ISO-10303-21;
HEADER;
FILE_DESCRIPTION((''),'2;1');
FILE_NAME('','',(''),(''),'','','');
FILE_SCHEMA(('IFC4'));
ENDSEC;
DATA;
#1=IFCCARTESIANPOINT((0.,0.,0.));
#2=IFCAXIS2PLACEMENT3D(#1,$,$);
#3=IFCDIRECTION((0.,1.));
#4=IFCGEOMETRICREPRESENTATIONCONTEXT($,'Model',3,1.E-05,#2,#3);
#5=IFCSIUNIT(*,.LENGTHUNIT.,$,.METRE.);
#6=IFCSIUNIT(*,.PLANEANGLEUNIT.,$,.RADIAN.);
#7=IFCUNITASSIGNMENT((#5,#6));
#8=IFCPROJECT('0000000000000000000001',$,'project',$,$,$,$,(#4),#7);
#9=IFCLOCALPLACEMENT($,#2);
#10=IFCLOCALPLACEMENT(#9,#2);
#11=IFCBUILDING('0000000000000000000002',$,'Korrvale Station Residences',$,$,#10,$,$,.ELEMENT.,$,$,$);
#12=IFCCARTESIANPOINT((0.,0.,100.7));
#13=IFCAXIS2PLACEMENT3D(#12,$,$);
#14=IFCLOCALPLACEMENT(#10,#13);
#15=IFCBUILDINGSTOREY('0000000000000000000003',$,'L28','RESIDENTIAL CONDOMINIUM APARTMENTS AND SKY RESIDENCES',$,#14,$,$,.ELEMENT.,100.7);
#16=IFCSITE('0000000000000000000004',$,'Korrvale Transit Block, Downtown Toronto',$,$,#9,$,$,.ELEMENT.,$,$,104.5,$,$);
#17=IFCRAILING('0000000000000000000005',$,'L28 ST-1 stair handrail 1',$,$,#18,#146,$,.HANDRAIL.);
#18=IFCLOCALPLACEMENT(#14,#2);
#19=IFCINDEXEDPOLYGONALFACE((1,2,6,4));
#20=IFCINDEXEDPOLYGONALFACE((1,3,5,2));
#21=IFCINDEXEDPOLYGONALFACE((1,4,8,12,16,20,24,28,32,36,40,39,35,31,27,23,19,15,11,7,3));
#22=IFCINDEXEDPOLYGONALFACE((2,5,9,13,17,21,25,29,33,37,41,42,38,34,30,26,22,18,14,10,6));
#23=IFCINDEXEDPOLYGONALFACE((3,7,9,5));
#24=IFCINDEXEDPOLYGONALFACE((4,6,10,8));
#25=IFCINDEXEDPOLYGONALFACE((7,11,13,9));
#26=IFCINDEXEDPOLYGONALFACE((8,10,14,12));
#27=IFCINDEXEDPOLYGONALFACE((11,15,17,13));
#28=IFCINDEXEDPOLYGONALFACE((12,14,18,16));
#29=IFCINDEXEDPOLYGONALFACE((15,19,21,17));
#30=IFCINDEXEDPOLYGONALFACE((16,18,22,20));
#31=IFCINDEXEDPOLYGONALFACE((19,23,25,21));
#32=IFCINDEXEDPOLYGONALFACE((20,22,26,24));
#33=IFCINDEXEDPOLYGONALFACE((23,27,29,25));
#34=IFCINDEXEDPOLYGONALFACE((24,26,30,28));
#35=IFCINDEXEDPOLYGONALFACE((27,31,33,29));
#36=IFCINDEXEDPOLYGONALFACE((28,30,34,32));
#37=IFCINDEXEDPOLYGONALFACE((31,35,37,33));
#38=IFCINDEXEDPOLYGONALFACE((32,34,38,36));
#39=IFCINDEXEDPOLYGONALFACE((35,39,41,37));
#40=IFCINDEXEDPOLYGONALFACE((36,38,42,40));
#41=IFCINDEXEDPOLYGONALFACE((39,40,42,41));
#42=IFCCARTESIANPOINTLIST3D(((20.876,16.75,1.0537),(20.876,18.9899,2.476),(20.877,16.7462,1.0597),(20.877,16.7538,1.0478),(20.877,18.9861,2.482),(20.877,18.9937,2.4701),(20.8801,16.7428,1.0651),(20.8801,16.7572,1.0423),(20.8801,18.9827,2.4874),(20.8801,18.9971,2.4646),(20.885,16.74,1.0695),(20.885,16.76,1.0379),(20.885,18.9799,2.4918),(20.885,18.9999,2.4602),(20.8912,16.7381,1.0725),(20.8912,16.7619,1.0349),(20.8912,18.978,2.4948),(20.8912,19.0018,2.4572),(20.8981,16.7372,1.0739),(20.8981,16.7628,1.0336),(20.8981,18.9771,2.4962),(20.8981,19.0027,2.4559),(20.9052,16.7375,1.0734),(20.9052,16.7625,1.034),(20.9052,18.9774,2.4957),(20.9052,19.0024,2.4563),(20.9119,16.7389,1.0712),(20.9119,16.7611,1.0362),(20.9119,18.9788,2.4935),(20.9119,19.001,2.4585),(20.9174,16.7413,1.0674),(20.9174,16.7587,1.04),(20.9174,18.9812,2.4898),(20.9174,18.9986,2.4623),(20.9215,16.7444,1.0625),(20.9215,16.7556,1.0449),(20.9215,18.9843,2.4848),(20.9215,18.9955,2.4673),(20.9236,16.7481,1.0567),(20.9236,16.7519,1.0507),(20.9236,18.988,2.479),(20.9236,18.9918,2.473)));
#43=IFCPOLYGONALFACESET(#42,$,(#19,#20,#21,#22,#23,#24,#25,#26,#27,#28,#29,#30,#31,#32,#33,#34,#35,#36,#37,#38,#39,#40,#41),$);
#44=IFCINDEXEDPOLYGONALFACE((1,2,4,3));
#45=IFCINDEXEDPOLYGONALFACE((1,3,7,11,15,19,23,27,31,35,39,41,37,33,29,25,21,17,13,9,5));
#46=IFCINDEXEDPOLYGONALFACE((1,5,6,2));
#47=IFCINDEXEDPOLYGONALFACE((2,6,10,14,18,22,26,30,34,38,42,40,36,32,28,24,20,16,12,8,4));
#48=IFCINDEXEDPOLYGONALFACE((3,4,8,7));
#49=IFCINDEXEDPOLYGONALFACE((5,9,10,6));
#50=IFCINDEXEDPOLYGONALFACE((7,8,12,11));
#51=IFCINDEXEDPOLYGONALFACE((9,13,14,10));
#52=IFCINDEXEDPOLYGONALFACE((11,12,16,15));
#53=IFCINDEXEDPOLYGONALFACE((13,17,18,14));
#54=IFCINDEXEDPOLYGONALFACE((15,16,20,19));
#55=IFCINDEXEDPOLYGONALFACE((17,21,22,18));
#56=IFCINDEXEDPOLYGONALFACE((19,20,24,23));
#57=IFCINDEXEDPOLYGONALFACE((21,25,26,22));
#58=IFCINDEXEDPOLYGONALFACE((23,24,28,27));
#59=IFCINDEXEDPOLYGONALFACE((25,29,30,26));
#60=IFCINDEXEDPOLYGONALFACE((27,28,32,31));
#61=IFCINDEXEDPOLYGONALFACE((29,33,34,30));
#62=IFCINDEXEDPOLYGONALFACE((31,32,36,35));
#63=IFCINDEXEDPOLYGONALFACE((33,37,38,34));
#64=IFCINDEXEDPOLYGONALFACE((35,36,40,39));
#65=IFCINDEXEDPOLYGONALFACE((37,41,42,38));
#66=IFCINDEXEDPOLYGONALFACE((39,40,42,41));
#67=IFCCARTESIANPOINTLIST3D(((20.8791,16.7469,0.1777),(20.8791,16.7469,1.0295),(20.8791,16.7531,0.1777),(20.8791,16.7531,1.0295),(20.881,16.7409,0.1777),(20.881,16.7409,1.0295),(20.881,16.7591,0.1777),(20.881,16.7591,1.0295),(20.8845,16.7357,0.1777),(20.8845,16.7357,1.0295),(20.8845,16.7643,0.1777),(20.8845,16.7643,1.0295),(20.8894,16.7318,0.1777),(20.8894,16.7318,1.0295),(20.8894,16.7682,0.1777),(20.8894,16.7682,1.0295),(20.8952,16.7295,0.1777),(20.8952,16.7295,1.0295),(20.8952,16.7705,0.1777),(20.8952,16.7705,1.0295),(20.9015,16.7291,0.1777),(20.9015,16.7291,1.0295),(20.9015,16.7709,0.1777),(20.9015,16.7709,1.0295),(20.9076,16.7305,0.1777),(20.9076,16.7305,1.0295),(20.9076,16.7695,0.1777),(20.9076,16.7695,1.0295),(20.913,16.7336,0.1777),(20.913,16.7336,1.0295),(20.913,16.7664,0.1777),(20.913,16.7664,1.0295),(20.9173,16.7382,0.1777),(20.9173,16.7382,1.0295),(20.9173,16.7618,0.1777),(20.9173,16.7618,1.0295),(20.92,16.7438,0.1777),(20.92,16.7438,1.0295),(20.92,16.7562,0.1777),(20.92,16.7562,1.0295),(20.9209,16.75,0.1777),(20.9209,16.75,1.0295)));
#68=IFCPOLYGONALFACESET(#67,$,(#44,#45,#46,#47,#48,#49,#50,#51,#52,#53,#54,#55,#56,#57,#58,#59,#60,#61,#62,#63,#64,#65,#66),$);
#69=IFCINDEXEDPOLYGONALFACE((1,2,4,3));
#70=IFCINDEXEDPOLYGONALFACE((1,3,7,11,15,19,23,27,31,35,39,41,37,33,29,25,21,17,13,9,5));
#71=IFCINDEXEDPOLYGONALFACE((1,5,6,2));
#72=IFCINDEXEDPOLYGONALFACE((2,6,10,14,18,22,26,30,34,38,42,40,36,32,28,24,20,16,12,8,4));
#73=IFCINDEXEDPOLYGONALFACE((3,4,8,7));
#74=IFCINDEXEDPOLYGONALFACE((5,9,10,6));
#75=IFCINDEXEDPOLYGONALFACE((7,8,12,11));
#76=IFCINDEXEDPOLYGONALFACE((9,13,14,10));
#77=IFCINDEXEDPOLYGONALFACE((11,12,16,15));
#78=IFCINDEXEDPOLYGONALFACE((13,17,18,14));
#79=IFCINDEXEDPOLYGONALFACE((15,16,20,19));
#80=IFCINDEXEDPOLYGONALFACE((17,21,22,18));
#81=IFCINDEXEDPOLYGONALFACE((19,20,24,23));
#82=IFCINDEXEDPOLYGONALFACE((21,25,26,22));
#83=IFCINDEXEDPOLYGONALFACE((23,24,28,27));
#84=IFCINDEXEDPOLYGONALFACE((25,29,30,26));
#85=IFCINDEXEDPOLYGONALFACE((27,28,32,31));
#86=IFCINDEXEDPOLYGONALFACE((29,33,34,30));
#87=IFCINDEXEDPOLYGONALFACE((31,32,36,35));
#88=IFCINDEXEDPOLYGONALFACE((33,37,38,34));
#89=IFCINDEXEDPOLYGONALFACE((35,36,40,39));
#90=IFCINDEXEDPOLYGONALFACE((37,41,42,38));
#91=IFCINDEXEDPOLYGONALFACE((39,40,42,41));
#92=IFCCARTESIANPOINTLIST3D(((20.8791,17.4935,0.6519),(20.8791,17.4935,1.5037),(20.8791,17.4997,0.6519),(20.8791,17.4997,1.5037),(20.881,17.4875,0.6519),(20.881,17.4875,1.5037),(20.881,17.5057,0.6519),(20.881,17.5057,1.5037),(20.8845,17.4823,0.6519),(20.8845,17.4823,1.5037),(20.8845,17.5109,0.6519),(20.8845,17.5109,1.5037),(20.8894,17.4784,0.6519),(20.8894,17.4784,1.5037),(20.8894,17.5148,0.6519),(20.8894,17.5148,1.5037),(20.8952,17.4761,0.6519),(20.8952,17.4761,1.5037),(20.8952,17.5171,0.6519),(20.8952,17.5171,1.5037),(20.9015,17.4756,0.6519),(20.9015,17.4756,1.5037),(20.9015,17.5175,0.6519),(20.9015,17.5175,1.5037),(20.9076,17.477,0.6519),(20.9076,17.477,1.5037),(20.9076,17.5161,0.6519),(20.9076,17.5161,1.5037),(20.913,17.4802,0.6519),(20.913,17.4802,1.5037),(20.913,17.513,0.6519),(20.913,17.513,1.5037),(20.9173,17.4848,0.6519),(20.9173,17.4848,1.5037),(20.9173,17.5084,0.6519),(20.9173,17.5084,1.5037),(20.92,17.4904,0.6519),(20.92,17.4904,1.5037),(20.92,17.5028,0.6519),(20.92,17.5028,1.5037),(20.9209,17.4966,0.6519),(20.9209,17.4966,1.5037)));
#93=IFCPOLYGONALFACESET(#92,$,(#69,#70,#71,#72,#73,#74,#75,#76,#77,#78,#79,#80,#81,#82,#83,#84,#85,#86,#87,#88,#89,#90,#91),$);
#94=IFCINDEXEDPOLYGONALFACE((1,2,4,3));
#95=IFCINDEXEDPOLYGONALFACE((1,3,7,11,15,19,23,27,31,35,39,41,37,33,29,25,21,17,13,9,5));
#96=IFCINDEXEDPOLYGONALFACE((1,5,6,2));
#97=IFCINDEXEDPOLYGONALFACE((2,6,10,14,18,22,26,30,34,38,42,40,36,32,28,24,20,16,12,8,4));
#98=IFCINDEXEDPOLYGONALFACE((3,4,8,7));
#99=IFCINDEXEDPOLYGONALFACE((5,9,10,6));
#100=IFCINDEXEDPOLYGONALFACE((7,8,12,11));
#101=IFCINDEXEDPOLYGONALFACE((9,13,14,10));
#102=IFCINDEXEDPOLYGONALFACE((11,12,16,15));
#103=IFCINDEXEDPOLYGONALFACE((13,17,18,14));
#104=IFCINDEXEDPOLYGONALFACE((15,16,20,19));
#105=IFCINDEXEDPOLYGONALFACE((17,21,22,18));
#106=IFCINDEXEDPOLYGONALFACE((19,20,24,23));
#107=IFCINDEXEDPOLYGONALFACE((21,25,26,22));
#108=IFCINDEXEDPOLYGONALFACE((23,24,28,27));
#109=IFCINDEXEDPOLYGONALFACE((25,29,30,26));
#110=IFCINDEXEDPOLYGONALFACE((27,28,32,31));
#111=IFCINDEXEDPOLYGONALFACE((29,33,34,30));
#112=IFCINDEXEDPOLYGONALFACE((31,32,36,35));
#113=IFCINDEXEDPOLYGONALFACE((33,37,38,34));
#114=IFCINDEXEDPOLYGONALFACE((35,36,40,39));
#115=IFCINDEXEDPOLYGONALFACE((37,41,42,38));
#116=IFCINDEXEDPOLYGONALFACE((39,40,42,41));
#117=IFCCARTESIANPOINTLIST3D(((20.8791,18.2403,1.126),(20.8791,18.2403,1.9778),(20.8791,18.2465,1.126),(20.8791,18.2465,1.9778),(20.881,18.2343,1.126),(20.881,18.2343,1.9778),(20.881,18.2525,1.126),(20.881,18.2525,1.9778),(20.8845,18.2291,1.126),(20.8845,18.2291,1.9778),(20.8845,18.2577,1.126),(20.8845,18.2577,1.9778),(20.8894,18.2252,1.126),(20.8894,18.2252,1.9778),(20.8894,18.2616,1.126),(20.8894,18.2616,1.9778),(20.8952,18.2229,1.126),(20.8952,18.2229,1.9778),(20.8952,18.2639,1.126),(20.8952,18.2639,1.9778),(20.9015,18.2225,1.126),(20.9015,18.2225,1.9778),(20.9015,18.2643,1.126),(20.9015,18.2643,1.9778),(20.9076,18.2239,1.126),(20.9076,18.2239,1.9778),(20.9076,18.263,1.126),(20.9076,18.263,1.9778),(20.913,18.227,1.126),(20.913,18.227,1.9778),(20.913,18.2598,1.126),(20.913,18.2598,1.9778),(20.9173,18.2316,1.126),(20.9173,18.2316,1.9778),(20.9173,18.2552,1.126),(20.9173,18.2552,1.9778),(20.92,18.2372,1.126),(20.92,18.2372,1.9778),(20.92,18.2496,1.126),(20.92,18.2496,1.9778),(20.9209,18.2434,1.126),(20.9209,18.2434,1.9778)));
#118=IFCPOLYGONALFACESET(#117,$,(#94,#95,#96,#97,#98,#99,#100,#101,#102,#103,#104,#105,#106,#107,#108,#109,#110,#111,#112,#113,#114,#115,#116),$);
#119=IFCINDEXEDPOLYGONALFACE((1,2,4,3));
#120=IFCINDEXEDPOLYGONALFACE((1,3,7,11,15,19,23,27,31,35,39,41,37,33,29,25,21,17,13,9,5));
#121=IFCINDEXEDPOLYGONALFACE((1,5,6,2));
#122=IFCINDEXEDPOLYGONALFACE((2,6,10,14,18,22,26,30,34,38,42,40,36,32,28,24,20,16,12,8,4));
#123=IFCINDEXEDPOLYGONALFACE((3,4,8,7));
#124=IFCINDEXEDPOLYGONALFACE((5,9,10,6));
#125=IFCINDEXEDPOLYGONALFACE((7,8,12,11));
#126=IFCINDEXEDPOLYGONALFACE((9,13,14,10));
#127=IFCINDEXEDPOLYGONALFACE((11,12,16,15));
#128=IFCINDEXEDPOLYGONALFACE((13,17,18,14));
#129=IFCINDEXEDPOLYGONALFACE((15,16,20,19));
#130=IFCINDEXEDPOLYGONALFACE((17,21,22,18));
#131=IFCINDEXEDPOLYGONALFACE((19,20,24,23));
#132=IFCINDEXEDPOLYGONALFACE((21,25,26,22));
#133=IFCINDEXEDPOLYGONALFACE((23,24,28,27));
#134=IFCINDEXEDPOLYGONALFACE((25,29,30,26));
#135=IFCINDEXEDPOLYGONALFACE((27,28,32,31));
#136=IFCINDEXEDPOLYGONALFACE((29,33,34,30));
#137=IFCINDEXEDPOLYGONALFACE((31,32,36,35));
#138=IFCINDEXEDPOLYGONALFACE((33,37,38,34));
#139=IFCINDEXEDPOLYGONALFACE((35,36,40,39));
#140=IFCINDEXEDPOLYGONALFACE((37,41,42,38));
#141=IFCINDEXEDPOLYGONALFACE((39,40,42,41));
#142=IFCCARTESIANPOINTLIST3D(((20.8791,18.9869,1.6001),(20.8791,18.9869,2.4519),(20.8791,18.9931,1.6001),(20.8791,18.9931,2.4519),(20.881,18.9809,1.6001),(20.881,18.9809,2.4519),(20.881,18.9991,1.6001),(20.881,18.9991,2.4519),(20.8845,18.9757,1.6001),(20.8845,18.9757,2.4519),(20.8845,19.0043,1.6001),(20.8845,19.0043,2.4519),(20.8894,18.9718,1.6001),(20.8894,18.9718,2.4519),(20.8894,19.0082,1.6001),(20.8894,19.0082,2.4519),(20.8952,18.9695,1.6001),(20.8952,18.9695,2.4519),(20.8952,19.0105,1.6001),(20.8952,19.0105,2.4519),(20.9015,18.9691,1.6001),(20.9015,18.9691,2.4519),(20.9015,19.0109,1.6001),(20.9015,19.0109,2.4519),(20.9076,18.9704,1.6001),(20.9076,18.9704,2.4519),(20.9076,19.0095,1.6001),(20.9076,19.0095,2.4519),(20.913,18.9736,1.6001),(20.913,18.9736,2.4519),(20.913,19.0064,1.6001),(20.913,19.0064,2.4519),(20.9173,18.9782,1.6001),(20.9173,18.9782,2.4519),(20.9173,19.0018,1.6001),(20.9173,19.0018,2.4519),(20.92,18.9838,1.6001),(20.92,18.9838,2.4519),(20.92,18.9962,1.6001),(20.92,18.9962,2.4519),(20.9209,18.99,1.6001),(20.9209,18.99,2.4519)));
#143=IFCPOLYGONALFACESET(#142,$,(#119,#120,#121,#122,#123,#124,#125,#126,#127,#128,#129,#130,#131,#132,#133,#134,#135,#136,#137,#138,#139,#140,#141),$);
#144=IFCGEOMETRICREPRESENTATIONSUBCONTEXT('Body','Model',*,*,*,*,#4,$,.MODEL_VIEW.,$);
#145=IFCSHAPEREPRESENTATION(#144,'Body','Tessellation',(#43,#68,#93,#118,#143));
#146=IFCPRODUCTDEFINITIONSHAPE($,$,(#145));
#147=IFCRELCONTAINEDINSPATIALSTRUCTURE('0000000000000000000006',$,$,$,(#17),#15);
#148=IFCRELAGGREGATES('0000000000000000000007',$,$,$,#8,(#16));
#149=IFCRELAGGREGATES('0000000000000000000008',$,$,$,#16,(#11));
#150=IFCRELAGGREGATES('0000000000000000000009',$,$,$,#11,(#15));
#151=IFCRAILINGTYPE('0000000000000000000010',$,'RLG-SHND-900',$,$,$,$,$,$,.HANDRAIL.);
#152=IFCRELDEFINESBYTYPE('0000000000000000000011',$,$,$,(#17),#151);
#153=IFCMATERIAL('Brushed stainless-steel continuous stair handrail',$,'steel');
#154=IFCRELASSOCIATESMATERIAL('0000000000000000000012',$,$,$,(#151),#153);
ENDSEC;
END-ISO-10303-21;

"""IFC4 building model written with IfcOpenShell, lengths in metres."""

from ifc_helpers import new_model, si_unit, direction, frame, origin, origin_2d, place, context, subcontext, project, spatial, circle, extrude, material, type_object, element, save


model = new_model("IFC4")

# Units and contexts
model_context = context("Model", 3, precision=1e-05, world=origin(), true_north=direction((0.0, 1.0)))
body_context = subcontext(model_context, "Body", "Model", "MODEL_VIEW")
ifc_project = project(units=[si_unit("LENGTHUNIT", "METRE"), si_unit("PLANEANGLEUNIT", "RADIAN")], contexts=[model_context])

# Site, building, storey
site_placement = place(None, origin())
site = spatial("IfcSite", under=ifc_project, at=site_placement, Name="Korrvale Transit Block, Downtown Toronto", CompositionType="ELEMENT", RefElevation=104.5)
building_placement = place(site_placement, origin())
building = spatial("IfcBuilding", under=site, at=building_placement, Name="Korrvale Station Residences", CompositionType="ELEMENT")
storey_placement = place(building_placement, frame((0.0, 0.0, 100.7)))
storey = spatial("IfcBuildingStorey", under=building, at=storey_placement, Name="L28", Description="RESIDENTIAL CONDOMINIUM APARTMENTS AND SKY RESIDENCES", CompositionType="ELEMENT", Elevation=100.7)

# Railing
ifc_material_1 = material(Name="Brushed stainless-steel continuous stair handrail", Category="steel")
railing_type_1 = type_object("IfcRailingType", Name="RLG-SHND-900", PredefinedType="HANDRAIL", material=ifc_material_1)
railing_1_placement = place(storey_placement, frame((20.8999, 16.75, 0.1777)))
element("IfcRailing", 1, at=railing_1_placement, inside=storey, type_object=railing_type_1, Name="L28 ST-1 stair handrail 1", PredefinedType="HANDRAIL", context=body_context, shape_type="SweptSolid", body=[
    extrude(circle(Radius=0.0239, at=origin_2d()), frame((0.0, 0.0, 0.876), z_axis=(0.0, 0.844188, 0.536048), x_axis=(-1.0, 0.0, 0.0)), (0.0, 0.0, 1.0), 2.6533),
    extrude(circle(Radius=0.021, at=origin_2d()), origin(), (0.0, 0.0, 1.0), 0.8518),
    extrude(circle(Radius=0.021, at=origin_2d()), frame((0.0, 0.7466, 0.4741)), (0.0, 0.0, 1.0), 0.8518),
    extrude(circle(Radius=0.021, at=origin_2d()), frame((0.0, 1.4934, 0.9482)), (0.0, 0.0, 1.0), 0.8518),
    extrude(circle(Radius=0.021, at=origin_2d()), frame((0.0, 2.24, 1.4224)), (0.0, 0.0, 1.0), 0.8518),
])

save(model, "model.ifc")
